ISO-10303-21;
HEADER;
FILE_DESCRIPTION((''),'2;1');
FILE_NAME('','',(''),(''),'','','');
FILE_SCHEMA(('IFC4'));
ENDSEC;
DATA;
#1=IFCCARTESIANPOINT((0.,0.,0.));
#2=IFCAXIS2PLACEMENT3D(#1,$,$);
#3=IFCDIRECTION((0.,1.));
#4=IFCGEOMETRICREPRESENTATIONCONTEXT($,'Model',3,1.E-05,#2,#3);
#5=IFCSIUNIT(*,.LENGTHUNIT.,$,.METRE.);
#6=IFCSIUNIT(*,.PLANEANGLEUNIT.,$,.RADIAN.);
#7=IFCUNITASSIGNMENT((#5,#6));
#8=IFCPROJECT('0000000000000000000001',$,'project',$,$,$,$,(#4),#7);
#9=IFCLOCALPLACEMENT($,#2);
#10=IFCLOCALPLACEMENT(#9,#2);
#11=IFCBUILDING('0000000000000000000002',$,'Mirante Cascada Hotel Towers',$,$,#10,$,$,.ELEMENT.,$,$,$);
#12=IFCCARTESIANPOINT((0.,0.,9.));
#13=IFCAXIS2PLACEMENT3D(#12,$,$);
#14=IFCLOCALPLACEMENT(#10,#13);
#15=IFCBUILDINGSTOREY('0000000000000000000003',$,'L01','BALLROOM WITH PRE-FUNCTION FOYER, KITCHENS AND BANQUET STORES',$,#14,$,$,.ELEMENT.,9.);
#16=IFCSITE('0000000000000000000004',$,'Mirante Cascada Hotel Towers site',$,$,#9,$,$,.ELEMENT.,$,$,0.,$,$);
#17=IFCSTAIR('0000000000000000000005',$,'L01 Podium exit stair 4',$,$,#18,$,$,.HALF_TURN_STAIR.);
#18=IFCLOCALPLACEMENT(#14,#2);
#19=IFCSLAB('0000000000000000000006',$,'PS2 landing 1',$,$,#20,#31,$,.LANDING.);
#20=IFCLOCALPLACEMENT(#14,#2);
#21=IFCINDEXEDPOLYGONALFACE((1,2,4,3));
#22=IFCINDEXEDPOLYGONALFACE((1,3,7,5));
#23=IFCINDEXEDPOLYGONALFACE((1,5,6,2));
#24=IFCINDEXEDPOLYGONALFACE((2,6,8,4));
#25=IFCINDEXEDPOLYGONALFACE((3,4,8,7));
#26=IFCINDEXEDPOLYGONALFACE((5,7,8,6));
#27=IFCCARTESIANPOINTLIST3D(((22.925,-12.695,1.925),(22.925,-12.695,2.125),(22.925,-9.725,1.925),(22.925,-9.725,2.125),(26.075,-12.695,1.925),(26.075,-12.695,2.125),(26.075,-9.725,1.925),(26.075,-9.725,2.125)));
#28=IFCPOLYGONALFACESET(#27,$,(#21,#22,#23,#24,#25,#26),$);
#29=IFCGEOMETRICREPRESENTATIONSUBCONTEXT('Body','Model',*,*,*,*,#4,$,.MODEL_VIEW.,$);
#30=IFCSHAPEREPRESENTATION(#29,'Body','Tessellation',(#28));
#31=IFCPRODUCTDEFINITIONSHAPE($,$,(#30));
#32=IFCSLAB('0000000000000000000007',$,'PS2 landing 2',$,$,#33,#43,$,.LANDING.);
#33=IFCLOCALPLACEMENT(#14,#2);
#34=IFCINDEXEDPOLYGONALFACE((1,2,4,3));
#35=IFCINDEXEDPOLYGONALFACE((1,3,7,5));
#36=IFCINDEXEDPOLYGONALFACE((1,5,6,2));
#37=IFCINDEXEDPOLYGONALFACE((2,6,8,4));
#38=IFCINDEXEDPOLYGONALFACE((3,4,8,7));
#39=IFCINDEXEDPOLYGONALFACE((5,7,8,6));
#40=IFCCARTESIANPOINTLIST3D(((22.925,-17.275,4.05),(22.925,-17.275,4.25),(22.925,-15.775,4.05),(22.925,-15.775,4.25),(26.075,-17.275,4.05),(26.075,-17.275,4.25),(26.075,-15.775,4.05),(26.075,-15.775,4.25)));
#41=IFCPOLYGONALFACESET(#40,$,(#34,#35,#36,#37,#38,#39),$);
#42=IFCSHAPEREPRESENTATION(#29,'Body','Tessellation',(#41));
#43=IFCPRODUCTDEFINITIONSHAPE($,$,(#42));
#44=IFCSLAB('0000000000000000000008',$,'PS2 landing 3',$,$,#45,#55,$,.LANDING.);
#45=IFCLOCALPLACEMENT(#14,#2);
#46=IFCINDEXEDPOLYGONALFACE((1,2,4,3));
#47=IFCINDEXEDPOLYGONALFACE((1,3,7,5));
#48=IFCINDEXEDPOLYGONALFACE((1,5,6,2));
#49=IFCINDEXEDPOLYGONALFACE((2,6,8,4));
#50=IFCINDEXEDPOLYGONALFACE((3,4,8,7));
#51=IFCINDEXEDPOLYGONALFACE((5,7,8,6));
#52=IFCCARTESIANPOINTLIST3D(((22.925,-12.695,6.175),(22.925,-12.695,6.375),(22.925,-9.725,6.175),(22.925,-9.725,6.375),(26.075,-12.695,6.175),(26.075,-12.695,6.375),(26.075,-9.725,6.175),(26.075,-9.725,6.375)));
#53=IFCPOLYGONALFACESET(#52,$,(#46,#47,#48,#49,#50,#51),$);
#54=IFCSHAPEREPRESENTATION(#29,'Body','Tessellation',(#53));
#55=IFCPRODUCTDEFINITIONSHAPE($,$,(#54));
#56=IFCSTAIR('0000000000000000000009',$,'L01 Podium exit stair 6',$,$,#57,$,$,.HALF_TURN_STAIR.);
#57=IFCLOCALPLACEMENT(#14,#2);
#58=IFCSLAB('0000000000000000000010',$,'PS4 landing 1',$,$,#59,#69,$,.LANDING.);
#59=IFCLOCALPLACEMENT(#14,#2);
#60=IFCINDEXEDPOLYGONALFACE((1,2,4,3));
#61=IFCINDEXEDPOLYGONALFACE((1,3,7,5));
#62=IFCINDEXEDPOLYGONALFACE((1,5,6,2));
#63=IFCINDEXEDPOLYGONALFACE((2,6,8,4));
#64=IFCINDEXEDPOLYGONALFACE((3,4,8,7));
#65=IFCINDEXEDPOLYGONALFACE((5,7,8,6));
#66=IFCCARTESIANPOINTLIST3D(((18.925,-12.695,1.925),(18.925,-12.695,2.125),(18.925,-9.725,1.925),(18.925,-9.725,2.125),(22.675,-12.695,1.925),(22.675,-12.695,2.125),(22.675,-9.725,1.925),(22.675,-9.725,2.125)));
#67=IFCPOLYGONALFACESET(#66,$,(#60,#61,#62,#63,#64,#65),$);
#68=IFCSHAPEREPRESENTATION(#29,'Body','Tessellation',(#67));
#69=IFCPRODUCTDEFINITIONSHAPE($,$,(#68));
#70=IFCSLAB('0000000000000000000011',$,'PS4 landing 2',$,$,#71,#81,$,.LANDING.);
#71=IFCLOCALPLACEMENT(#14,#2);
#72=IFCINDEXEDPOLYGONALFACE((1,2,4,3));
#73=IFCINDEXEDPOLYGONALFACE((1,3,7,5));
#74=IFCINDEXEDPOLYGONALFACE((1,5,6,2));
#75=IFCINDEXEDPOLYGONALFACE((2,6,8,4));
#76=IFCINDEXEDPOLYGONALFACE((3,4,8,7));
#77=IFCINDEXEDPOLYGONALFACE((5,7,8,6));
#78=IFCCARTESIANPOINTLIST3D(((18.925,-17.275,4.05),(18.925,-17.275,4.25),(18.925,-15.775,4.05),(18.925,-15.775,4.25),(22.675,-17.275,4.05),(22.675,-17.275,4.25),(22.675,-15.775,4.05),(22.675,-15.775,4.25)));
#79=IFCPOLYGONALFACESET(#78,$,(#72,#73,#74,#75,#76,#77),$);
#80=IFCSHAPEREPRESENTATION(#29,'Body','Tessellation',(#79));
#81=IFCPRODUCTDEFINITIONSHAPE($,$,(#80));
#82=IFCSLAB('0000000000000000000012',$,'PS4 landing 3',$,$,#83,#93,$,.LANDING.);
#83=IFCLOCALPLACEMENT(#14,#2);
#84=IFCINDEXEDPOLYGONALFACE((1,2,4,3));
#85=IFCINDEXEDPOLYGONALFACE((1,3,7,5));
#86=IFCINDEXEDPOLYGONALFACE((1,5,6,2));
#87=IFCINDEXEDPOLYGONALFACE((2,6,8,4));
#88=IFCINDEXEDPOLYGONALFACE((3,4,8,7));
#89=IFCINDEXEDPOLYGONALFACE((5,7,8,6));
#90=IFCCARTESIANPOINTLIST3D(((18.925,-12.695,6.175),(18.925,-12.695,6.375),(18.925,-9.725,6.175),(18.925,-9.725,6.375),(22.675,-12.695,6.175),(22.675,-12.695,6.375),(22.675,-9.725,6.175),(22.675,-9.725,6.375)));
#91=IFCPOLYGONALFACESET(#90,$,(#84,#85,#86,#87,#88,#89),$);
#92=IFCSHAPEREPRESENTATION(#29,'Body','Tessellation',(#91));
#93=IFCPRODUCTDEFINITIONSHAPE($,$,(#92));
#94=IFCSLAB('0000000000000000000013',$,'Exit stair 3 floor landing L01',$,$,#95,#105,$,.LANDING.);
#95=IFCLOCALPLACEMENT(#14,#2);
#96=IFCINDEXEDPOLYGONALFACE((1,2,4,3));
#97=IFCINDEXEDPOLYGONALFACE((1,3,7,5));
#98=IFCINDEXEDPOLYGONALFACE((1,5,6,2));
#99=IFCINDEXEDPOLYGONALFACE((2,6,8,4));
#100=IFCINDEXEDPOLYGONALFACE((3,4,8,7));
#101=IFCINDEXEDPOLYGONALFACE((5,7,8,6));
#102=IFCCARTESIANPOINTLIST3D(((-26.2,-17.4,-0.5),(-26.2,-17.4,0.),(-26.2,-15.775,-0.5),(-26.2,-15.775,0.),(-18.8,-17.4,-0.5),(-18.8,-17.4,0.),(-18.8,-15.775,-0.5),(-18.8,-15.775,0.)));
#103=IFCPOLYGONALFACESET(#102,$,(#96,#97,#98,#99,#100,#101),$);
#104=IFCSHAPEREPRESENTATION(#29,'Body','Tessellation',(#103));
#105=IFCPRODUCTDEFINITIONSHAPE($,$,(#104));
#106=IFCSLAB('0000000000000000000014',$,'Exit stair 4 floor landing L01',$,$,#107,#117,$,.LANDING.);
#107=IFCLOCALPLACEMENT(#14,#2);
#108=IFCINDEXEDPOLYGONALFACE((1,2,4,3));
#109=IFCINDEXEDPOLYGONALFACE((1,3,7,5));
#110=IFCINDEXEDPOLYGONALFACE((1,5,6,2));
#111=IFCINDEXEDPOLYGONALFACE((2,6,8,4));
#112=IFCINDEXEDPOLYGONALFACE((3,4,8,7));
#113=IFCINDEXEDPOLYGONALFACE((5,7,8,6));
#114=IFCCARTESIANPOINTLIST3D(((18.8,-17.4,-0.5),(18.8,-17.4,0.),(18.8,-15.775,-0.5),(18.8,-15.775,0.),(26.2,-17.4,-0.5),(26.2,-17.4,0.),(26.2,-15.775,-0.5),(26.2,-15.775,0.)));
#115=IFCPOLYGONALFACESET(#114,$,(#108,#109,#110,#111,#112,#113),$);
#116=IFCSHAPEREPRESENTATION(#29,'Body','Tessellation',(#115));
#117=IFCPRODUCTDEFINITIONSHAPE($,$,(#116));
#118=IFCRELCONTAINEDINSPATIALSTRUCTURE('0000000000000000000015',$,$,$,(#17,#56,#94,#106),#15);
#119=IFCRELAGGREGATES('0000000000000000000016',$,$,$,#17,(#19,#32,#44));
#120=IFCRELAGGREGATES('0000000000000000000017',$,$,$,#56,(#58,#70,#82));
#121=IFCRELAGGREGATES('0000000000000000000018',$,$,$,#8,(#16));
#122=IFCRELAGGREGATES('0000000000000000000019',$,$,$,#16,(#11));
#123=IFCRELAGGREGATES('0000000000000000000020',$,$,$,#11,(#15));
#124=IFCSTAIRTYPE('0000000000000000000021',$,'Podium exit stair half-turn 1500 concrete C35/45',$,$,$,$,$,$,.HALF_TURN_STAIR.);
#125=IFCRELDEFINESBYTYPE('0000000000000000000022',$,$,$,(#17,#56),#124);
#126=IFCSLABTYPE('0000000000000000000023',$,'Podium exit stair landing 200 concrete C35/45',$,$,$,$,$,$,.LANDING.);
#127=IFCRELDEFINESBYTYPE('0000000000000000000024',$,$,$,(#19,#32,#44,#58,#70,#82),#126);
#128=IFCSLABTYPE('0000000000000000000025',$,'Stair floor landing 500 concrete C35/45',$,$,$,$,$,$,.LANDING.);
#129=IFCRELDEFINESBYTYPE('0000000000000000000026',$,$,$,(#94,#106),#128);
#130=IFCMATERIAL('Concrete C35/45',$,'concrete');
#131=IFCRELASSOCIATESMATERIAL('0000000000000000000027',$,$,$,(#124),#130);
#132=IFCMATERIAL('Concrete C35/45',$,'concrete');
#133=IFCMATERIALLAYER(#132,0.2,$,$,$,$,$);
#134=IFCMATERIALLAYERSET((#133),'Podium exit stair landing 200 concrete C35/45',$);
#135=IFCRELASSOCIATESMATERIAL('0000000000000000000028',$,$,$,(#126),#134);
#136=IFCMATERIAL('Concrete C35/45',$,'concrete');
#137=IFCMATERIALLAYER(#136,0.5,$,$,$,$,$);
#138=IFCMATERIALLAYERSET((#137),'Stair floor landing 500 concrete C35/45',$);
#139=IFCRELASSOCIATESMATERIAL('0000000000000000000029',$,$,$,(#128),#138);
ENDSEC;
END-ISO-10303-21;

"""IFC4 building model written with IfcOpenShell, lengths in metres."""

from ifc_helpers import new_model, si_unit, direction, frame, origin, place, context, subcontext, project, spatial, polyline, outline, extrude, material, layer, layer_set, type_object, element, aggregate, save


model = new_model("IFC4")

# Units and contexts
model_context = context("Model", 3, precision=1e-05, world=origin(), true_north=direction((0.0, 1.0)))
body_context = subcontext(model_context, "Body", "Model", "MODEL_VIEW")
ifc_project = project(units=[si_unit("LENGTHUNIT", "METRE"), si_unit("PLANEANGLEUNIT", "RADIAN")], contexts=[model_context])

# Site, building, storey
site_placement = place(None, origin())
site = spatial("IfcSite", under=ifc_project, at=site_placement, Name="Mirante Cascada Hotel Towers site", CompositionType="ELEMENT", RefElevation=0.0)
building_placement = place(site_placement, origin())
building = spatial("IfcBuilding", under=site, at=building_placement, Name="Mirante Cascada Hotel Towers", CompositionType="ELEMENT")
storey_placement = place(building_placement, frame((0.0, 0.0, 9.0)))
storey = spatial("IfcBuildingStorey", under=building, at=storey_placement, Name="L01", Description="BALLROOM WITH PRE-FUNCTION FOYER, KITCHENS AND BANQUET STORES", CompositionType="ELEMENT", Elevation=9.0)

# Stairs, slabs
ifc_material_1 = material(Name="Concrete C35/45", Category="concrete")
stair_type_1 = type_object("IfcStairType", Name="Podium exit stair half-turn 1500 concrete C35/45", PredefinedType="HALF_TURN_STAIR", material=ifc_material_1)
ifc_material_2 = material(Name="Concrete C35/45", Category="concrete")
ifc_layer_1 = layer(ifc_material_2, 0.2)
ifc_layer_set_1 = layer_set([ifc_layer_1], Name="Podium exit stair landing 200 concrete C35/45")
slab_type_1 = type_object("IfcSlabType", Name="Podium exit stair landing 200 concrete C35/45", PredefinedType="LANDING", material=ifc_layer_set_1)
stair_1_placement = place(storey_placement, origin())
stair_1 = element("IfcStair", 1, at=stair_1_placement, inside=storey, type_object=stair_type_1, Name="L01 Podium exit stair 4", PredefinedType="HALF_TURN_STAIR")
slab_1_placement = place(storey_placement, frame((0.0, 0.0, 1.925)))
slab_1 = element("IfcSlab", 2, at=slab_1_placement, type_object=slab_type_1, Name="PS2 landing 1", PredefinedType="LANDING", context=body_context, shape_type="SweptSolid", body=[
    extrude(outline(polyline([(26.075, -12.695), (26.075, -9.725), (22.925, -9.725), (22.925, -12.695), (26.075, -12.695)])), origin(), (0.0, 0.0, 1.0), 0.2),
])
slab_2_placement = place(storey_placement, frame((0.0, 0.0, 4.05)))
slab_2 = element("IfcSlab", 3, at=slab_2_placement, type_object=slab_type_1, Name="PS2 landing 2", PredefinedType="LANDING", context=body_context, shape_type="SweptSolid", body=[
    extrude(outline(polyline([(26.075, -17.275), (26.075, -15.775), (22.925, -15.775), (22.925, -17.275), (26.075, -17.275)])), origin(), (0.0, 0.0, 1.0), 0.2),
])
slab_3_placement = place(storey_placement, frame((0.0, 0.0, 6.175)))
slab_3 = element("IfcSlab", 4, at=slab_3_placement, type_object=slab_type_1, Name="PS2 landing 3", PredefinedType="LANDING", context=body_context, shape_type="SweptSolid", body=[
    extrude(outline(polyline([(26.075, -12.695), (26.075, -9.725), (22.925, -9.725), (22.925, -12.695), (26.075, -12.695)])), origin(), (0.0, 0.0, 1.0), 0.2),
])
aggregate(stair_1, [slab_1, slab_2, slab_3])
stair_2_placement = place(storey_placement, origin())
stair_2 = element("IfcStair", 5, at=stair_2_placement, inside=storey, type_object=stair_type_1, Name="L01 Podium exit stair 6", PredefinedType="HALF_TURN_STAIR")
slab_4_placement = place(storey_placement, frame((0.0, 0.0, 1.925)))
slab_4 = element("IfcSlab", 6, at=slab_4_placement, type_object=slab_type_1, Name="PS4 landing 1", PredefinedType="LANDING", context=body_context, shape_type="SweptSolid", body=[
    extrude(outline(polyline([(22.675, -12.695), (22.675, -9.725), (18.925, -9.725), (18.925, -12.695), (22.675, -12.695)])), origin(), (0.0, 0.0, 1.0), 0.2),
])
slab_5_placement = place(storey_placement, frame((0.0, 0.0, 4.05)))
slab_5 = element("IfcSlab", 7, at=slab_5_placement, type_object=slab_type_1, Name="PS4 landing 2", PredefinedType="LANDING", context=body_context, shape_type="SweptSolid", body=[
    extrude(outline(polyline([(22.675, -17.275), (22.675, -15.775), (18.925, -15.775), (18.925, -17.275), (22.675, -17.275)])), origin(), (0.0, 0.0, 1.0), 0.2),
])
slab_6_placement = place(storey_placement, frame((0.0, 0.0, 6.175)))
slab_6 = element("IfcSlab", 8, at=slab_6_placement, type_object=slab_type_1, Name="PS4 landing 3", PredefinedType="LANDING", context=body_context, shape_type="SweptSolid", body=[
    extrude(outline(polyline([(22.675, -12.695), (22.675, -9.725), (18.925, -9.725), (18.925, -12.695), (22.675, -12.695)])), origin(), (0.0, 0.0, 1.0), 0.2),
])
aggregate(stair_2, [slab_4, slab_5, slab_6])

# Slabs
ifc_material_3 = material(Name="Concrete C35/45", Category="concrete")
ifc_layer_2 = layer(ifc_material_3, 0.5)
ifc_layer_set_2 = layer_set([ifc_layer_2], Name="Stair floor landing 500 concrete C35/45")
slab_type_2 = type_object("IfcSlabType", Name="Stair floor landing 500 concrete C35/45", PredefinedType="LANDING", material=ifc_layer_set_2)
slab_7_placement = place(storey_placement, frame((0.0, 0.0, -0.5)))
element("IfcSlab", 9, at=slab_7_placement, inside=storey, type_object=slab_type_2, Name="Exit stair 3 floor landing L01", PredefinedType="LANDING", context=body_context, shape_type="SweptSolid", body=[
    extrude(outline(polyline([(-26.2, -17.4), (-18.8, -17.4), (-18.8, -15.775), (-26.2, -15.775), (-26.2, -17.4)])), origin(), (0.0, 0.0, 1.0), 0.5),
])
slab_8_placement = place(storey_placement, frame((0.0, 0.0, -0.5)))
element("IfcSlab", 10, at=slab_8_placement, inside=storey, type_object=slab_type_2, Name="Exit stair 4 floor landing L01", PredefinedType="LANDING", context=body_context, shape_type="SweptSolid", body=[
    extrude(outline(polyline([(18.8, -17.4), (26.2, -17.4), (26.2, -15.775), (18.8, -15.775), (18.8, -17.4)])), origin(), (0.0, 0.0, 1.0), 0.5),
])

save(model, "model.ifc")
